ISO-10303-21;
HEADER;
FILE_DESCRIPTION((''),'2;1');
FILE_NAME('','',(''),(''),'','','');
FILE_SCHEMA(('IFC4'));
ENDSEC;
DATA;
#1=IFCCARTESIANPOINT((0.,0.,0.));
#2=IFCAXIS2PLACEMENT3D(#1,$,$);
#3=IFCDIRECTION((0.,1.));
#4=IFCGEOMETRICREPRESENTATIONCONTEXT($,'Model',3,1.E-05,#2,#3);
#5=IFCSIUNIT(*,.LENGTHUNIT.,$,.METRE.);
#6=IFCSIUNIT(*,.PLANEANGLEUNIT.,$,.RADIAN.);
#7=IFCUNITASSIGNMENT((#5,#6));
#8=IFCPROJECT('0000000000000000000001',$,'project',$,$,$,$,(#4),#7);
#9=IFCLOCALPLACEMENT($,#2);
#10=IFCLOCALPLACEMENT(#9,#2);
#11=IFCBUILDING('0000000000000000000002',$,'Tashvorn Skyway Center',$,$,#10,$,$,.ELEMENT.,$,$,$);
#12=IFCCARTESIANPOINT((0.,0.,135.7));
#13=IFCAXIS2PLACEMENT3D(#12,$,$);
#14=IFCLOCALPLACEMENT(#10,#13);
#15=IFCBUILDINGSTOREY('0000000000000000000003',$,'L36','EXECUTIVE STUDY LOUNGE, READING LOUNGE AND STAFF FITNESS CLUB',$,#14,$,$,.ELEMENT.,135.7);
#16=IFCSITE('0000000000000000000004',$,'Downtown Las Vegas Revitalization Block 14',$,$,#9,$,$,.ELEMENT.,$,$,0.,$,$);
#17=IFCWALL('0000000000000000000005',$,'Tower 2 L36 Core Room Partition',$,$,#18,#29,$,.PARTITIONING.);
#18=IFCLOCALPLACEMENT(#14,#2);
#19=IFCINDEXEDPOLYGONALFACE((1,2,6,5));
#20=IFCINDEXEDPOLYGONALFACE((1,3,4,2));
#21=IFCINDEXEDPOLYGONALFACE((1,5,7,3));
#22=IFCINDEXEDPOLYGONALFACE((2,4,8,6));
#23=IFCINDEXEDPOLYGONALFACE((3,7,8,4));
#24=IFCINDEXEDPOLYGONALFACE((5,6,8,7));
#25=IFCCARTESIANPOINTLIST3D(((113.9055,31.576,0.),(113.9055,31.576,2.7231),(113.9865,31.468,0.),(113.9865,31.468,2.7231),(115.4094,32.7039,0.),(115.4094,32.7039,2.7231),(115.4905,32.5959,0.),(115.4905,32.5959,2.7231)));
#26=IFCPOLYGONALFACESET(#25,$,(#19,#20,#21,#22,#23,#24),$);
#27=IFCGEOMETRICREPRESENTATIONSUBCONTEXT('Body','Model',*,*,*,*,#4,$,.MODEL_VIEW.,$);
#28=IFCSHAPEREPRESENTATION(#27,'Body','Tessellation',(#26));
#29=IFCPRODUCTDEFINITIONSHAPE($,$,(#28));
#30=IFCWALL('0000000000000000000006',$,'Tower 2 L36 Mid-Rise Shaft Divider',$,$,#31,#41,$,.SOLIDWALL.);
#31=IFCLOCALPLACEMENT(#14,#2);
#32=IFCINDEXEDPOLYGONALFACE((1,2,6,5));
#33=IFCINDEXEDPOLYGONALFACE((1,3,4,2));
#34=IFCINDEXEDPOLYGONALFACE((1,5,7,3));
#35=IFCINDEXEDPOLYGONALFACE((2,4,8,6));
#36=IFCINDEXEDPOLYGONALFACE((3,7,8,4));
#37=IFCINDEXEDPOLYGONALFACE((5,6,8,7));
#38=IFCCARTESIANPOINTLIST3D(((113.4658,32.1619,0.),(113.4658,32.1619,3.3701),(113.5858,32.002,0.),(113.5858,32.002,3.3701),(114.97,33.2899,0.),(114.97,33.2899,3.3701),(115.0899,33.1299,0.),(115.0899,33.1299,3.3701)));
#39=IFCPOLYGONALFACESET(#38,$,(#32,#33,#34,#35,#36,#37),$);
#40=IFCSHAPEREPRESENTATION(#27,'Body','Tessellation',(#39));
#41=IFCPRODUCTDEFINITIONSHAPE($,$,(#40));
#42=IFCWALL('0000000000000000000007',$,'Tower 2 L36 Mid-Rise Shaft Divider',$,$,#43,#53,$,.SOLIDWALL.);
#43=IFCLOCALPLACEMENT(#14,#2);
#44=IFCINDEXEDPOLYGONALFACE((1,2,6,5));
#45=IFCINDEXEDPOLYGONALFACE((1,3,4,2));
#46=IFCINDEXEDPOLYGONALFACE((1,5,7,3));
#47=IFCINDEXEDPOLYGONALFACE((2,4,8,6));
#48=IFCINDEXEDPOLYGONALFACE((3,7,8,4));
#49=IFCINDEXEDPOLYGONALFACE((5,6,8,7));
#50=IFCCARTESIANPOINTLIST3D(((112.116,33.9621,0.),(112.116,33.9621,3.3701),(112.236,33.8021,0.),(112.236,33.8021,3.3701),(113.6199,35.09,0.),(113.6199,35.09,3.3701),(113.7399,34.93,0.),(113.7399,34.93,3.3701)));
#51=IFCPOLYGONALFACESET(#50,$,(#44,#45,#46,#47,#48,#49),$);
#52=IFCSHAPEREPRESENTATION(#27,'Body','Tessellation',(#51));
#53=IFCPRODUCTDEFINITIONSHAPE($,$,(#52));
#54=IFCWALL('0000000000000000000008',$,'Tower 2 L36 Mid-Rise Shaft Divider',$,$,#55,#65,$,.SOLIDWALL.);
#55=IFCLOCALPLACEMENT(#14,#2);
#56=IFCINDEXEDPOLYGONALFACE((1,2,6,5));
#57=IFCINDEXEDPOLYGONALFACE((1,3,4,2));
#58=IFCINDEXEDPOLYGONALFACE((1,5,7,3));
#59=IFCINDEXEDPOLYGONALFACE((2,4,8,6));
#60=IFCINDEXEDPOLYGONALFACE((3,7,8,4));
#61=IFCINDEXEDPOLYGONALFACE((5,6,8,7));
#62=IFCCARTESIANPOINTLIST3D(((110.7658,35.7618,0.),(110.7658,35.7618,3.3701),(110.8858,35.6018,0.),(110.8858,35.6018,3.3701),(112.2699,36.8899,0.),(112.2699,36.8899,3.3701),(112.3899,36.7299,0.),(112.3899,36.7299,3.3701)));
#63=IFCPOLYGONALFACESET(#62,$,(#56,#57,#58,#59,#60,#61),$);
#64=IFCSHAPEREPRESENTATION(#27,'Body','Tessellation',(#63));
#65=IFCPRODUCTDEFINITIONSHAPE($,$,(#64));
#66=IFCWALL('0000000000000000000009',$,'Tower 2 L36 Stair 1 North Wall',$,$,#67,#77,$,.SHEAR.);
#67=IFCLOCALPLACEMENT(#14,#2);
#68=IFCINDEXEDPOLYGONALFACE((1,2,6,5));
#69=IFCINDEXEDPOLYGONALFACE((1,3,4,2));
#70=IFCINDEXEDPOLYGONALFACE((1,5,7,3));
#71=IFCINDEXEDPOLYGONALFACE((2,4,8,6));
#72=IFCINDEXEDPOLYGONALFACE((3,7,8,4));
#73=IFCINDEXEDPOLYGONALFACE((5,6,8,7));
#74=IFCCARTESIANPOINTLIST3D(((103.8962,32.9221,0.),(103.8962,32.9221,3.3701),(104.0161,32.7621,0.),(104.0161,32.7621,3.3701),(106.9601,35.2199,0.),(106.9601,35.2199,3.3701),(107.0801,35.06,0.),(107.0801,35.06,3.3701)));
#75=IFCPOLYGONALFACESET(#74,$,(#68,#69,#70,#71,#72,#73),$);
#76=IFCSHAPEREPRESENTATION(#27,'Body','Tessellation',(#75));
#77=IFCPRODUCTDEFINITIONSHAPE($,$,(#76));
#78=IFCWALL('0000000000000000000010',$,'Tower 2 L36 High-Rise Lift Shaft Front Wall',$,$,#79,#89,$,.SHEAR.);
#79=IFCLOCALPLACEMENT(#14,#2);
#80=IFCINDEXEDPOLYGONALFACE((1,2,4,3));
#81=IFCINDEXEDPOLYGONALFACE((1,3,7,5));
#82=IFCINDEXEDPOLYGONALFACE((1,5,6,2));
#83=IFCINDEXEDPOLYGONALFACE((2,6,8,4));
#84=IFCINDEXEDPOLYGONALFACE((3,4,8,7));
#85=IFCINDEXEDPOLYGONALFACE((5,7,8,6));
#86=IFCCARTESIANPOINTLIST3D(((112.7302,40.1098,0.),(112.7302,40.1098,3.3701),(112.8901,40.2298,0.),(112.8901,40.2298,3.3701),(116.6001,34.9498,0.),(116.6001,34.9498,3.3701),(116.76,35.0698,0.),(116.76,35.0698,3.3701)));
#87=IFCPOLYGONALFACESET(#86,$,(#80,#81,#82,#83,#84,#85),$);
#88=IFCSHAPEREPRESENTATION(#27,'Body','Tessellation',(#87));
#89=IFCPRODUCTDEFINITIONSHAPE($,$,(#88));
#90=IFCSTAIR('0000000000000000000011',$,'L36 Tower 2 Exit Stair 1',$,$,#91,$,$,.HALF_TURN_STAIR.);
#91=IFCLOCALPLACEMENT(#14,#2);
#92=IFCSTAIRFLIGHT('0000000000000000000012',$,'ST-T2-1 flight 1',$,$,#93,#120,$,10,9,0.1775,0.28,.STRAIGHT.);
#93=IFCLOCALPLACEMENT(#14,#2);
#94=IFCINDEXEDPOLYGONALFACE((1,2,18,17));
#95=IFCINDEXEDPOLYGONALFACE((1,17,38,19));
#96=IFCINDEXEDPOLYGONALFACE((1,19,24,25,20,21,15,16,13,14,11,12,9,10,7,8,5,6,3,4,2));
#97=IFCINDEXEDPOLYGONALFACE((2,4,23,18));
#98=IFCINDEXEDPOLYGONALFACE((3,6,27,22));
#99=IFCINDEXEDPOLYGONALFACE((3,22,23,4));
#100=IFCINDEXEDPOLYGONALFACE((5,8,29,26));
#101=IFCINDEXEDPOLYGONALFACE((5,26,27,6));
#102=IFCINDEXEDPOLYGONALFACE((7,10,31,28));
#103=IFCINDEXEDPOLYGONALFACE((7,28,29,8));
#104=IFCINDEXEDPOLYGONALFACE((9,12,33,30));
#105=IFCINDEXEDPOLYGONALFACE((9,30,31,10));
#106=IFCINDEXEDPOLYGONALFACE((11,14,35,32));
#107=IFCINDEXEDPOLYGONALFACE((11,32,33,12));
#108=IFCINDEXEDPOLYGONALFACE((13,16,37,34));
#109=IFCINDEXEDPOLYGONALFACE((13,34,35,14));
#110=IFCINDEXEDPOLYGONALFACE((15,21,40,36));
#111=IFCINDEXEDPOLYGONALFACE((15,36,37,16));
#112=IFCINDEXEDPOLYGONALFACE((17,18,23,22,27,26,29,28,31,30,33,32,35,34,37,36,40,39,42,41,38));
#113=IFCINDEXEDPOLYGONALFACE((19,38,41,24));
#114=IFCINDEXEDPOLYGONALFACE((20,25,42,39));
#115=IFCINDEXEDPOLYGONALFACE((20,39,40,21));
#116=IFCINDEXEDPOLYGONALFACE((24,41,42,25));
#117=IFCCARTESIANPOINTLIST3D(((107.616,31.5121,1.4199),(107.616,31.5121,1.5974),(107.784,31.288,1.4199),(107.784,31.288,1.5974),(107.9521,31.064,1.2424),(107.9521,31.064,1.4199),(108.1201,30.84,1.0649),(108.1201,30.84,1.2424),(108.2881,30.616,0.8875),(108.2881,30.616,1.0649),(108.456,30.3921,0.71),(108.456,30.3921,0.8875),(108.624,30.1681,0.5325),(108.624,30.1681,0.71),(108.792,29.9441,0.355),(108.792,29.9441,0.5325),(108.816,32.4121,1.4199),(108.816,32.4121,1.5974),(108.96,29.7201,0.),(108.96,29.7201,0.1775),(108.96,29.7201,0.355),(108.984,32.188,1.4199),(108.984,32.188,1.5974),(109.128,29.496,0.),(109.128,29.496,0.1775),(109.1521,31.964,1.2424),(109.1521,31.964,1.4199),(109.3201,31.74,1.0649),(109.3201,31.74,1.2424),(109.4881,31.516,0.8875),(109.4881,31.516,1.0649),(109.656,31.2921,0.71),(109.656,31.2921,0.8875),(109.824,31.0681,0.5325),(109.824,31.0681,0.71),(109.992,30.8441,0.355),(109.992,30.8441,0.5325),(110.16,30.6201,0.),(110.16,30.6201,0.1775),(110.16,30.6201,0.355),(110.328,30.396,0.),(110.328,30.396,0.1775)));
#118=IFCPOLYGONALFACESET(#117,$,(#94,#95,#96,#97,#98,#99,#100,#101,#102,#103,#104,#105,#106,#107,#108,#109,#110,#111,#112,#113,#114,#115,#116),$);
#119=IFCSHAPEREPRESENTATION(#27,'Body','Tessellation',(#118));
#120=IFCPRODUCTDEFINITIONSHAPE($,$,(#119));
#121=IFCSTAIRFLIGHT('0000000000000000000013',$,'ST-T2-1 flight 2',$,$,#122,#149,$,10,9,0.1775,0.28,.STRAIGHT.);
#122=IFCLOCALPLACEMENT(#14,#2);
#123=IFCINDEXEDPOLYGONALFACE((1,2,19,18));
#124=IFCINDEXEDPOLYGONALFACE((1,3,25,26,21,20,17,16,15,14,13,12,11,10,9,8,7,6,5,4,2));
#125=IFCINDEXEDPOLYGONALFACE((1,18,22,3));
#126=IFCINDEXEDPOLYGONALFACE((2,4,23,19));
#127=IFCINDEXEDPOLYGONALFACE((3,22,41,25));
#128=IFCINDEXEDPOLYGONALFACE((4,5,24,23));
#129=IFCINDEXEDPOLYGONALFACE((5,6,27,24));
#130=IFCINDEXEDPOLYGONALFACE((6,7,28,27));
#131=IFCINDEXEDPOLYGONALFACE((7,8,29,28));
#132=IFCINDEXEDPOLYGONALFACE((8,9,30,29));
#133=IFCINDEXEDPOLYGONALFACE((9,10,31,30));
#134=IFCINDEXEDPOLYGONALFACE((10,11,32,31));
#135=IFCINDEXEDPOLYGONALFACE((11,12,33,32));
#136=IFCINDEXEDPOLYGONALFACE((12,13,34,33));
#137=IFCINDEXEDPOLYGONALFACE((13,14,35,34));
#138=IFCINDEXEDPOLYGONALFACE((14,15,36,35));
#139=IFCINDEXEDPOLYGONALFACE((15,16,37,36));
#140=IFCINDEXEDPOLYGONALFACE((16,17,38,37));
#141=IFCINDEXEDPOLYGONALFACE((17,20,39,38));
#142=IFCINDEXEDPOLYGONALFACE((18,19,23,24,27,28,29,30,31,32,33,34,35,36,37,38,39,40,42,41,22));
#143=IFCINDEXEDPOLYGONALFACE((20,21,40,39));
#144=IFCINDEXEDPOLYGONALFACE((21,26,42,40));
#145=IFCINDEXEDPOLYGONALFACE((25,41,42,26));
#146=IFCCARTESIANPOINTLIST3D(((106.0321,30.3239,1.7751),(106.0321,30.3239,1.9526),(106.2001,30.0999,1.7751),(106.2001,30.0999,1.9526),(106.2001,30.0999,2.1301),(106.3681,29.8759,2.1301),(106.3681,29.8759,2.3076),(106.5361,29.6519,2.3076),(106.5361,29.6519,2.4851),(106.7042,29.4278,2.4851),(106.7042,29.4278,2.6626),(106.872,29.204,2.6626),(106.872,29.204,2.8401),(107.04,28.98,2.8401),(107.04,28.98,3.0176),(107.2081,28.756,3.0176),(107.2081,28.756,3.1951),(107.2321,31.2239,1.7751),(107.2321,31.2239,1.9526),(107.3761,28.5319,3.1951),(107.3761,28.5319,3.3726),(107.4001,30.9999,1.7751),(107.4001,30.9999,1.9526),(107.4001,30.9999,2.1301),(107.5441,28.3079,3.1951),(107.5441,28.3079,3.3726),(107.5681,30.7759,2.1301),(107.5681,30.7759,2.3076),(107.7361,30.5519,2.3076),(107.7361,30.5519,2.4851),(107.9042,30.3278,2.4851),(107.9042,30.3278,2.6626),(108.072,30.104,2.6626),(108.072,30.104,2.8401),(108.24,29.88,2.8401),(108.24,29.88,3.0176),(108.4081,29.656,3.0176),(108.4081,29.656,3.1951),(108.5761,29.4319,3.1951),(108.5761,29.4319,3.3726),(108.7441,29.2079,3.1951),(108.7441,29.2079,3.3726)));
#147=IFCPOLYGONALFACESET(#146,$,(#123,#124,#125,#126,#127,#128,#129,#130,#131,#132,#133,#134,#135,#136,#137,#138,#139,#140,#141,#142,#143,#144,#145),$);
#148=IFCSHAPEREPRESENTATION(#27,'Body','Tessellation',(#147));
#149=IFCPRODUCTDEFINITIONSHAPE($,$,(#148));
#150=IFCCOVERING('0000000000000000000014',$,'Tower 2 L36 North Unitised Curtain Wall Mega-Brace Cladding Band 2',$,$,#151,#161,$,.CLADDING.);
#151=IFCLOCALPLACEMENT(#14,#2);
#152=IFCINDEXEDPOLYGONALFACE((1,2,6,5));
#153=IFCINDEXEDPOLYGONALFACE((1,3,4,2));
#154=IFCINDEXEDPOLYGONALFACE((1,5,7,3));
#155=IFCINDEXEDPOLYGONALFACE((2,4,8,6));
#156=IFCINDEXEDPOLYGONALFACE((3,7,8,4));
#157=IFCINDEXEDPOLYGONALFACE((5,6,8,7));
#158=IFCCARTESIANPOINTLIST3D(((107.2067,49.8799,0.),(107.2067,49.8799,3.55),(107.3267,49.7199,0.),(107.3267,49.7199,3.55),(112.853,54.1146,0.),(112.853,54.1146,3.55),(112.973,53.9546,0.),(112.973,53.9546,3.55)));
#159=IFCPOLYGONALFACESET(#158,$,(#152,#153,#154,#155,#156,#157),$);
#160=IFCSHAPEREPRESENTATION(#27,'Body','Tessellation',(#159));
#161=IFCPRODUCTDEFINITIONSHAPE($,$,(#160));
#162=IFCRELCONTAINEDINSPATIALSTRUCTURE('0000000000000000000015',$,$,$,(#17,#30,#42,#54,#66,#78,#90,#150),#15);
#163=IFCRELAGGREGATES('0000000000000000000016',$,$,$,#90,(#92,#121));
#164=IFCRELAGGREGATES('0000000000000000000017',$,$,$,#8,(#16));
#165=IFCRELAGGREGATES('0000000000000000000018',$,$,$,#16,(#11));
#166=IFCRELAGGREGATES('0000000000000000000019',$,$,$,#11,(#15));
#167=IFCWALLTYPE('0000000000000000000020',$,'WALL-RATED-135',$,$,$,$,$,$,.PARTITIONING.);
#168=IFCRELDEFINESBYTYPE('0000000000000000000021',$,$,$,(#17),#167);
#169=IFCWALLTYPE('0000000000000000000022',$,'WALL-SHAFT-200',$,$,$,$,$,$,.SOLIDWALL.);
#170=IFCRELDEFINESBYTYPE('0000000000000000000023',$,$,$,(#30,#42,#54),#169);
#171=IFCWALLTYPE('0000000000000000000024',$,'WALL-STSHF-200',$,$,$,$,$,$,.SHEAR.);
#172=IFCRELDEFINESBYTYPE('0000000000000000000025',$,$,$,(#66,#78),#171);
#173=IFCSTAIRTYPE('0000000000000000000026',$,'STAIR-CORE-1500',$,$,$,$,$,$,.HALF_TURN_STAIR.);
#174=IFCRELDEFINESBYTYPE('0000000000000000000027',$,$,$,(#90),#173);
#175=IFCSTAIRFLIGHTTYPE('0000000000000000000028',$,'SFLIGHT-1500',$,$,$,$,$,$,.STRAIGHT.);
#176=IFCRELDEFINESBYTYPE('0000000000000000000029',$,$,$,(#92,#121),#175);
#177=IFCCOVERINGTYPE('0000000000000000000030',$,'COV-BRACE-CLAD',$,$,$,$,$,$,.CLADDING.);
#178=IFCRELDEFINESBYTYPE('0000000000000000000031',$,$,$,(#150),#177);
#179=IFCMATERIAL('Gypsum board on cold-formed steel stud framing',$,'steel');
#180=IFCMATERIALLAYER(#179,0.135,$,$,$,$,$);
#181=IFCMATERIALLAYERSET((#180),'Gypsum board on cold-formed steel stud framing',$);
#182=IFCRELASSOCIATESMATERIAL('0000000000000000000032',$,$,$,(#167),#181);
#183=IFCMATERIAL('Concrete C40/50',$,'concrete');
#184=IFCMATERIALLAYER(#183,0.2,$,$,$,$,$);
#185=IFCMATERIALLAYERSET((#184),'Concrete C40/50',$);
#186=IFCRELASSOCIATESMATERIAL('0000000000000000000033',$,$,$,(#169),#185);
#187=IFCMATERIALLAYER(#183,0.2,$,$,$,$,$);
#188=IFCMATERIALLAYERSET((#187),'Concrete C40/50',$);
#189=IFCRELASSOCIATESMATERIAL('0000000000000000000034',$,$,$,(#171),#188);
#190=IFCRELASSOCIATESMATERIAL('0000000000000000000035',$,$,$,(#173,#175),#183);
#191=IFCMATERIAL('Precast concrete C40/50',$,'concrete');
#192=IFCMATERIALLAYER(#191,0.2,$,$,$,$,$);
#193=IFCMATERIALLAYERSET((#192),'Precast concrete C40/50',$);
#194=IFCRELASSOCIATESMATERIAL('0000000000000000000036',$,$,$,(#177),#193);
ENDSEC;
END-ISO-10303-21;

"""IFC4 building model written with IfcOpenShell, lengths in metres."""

from ifc_helpers import new_model, si_unit, direction, frame, frame_2d, origin, origin_2d, place, context, subcontext, project, spatial, polyline, rectangle, outline, extrude, material, layer, layer_set, type_object, element, aggregate, save


model = new_model("IFC4")

# Units and contexts
model_context = context("Model", 3, precision=1e-05, world=origin(), true_north=direction((0.0, 1.0)))
body_context = subcontext(model_context, "Body", "Model", "MODEL_VIEW")
ifc_project = project(units=[si_unit("LENGTHUNIT", "METRE"), si_unit("PLANEANGLEUNIT", "RADIAN")], contexts=[model_context])

# Site, building, storey
site_placement = place(None, origin())
site = spatial("IfcSite", under=ifc_project, at=site_placement, Name="Downtown Las Vegas Revitalization Block 14", CompositionType="ELEMENT", RefElevation=0.0)
building_placement = place(site_placement, origin())
building = spatial("IfcBuilding", under=site, at=building_placement, Name="Tashvorn Skyway Center", CompositionType="ELEMENT")
storey_placement = place(building_placement, frame((0.0, 0.0, 135.7)))
storey = spatial("IfcBuildingStorey", under=building, at=storey_placement, Name="L36", Description="EXECUTIVE STUDY LOUNGE, READING LOUNGE AND STAFF FITNESS CLUB", CompositionType="ELEMENT", Elevation=135.7)

# Shared definitions
ifc_material_1 = material(Name="Concrete C40/50", Category="concrete")
ifc_material_2 = material(Name="Gypsum board on cold-formed steel stud framing", Category="steel")

# Shared definitions
ifc_layer_1 = layer(ifc_material_2, 0.135)
ifc_layer_set_1 = layer_set([ifc_layer_1], Name="Gypsum board on cold-formed steel stud framing")
wall_type_1 = type_object("IfcWallType", Name="WALL-RATED-135", PredefinedType="PARTITIONING", material=ifc_layer_set_1)

# Walls
wall_1_placement = place(storey_placement, frame((113.946, 31.522, 0.0), z_axis=(0.0, 0.0, 1.0), x_axis=(0.8, 0.6, 0.0)))
element("IfcWall", 1, at=wall_1_placement, inside=storey, type_object=wall_type_1, Name="Tower 2 L36 Core Room Partition", PredefinedType="PARTITIONING", context=body_context, shape_type="SweptSolid", body=[
    extrude(rectangle(XDim=1.8799, YDim=0.135, at=frame_2d((0.9399, 0.0))), origin(), (0.0, 0.0, 1.0), 2.7231),
])
ifc_layer_2 = layer(ifc_material_1, 0.2)
ifc_layer_set_2 = layer_set([ifc_layer_2], Name="Concrete C40/50")
wall_type_2 = type_object("IfcWallType", Name="WALL-SHAFT-200", PredefinedType="SOLIDWALL", material=ifc_layer_set_2)
wall_2_placement = place(storey_placement, frame((113.5259, 32.082, 0.0), z_axis=(0.0, 0.0, 1.0), x_axis=(0.800047, 0.599938, 0.0)))
element("IfcWall", 2, at=wall_2_placement, inside=storey, type_object=wall_type_2, Name="Tower 2 L36 Mid-Rise Shaft Divider", PredefinedType="SOLIDWALL", context=body_context, shape_type="SweptSolid", body=[
    extrude(rectangle(XDim=1.8801, YDim=0.2, at=frame_2d((0.9399, 0.0))), origin(), (0.0, 0.0, 1.0), 3.3701),
])
wall_3_placement = place(storey_placement, frame((112.176, 33.8821, 0.0), z_axis=(0.0, 0.0, 1.0), x_axis=(0.8, 0.6, 0.0)))
element("IfcWall", 3, at=wall_3_placement, inside=storey, type_object=wall_type_2, Name="Tower 2 L36 Mid-Rise Shaft Divider", PredefinedType="SOLIDWALL", context=body_context, shape_type="SweptSolid", body=[
    extrude(rectangle(XDim=1.8799, YDim=0.2, at=frame_2d((0.9399, 0.0))), origin(), (0.0, 0.0, 1.0), 3.3701),
])
wall_4_placement = place(storey_placement, frame((110.8259, 35.6819, 0.0), z_axis=(0.0, 0.0, 1.0), x_axis=(0.799984, 0.600021, 0.0)))
element("IfcWall", 4, at=wall_4_placement, inside=storey, type_object=wall_type_2, Name="Tower 2 L36 Mid-Rise Shaft Divider", PredefinedType="SOLIDWALL", context=body_context, shape_type="SweptSolid", body=[
    extrude(rectangle(XDim=1.8801, YDim=0.2, at=frame_2d((0.9399, 0.0))), origin(), (0.0, 0.0, 1.0), 3.3701),
])
ifc_layer_3 = layer(ifc_material_1, 0.2)
ifc_layer_set_3 = layer_set([ifc_layer_3], Name="Concrete C40/50")
wall_type_3 = type_object("IfcWallType", Name="WALL-STSHF-200", PredefinedType="SHEAR", material=ifc_layer_set_3)
wall_5_placement = place(storey_placement, frame((103.9561, 32.842, 0.0), z_axis=(0.0, 0.0, 1.0), x_axis=(0.800015, 0.59998, 0.0)))
element("IfcWall", 5, at=wall_5_placement, inside=storey, type_object=wall_type_3, Name="Tower 2 L36 Stair 1 North Wall", PredefinedType="SHEAR", context=body_context, shape_type="SweptSolid", body=[
    extrude(rectangle(XDim=3.8298, YDim=0.2, at=frame_2d((1.915, 0.0))), origin(), (0.0, 0.0, 1.0), 3.3701),
])
wall_6_placement = place(storey_placement, frame((112.8101, 40.1699, 0.0), z_axis=(0.0, 0.0, 1.0), x_axis=(0.599994, -0.800005, 0.0)))
element("IfcWall", 6, at=wall_6_placement, inside=storey, type_object=wall_type_3, Name="Tower 2 L36 High-Rise Lift Shaft Front Wall", PredefinedType="SHEAR", context=body_context, shape_type="SweptSolid", body=[
    extrude(rectangle(XDim=6.45, YDim=0.2, at=frame_2d((3.2251, 0.0))), origin(), (0.0, 0.0, 1.0), 3.3701),
])

# Stair, stair flights
stair_type = type_object("IfcStairType", Name="STAIR-CORE-1500", PredefinedType="HALF_TURN_STAIR", material=ifc_material_1)
stair_placement = place(storey_placement, origin())
stair = element("IfcStair", 7, at=stair_placement, inside=storey, type_object=stair_type, Name="L36 Tower 2 Exit Stair 1", PredefinedType="HALF_TURN_STAIR")
stair_flight_type = type_object("IfcStairFlightType", Name="SFLIGHT-1500", PredefinedType="STRAIGHT", material=ifc_material_1)
stair_flight_1_placement = place(storey_placement, frame((109.728, 29.946, 0.0), z_axis=(0.0, 0.0, 1.0), x_axis=(-0.6, 0.8, 0.0)))
stair_flight_1 = element("IfcStairFlight", 8, at=stair_flight_1_placement, type_object=stair_flight_type, Name="ST-T2-1 flight 1", NumberOfRisers=10, NumberOfTreads=9, PredefinedType="STRAIGHT", RiserHeight=0.1775, TreadLength=0.28, context=body_context, shape_type="SweptSolid", body=[
    extrude(outline(polyline([(0.0, 0.0), (0.0, 0.1775), (0.28, 0.1775), (0.28, 0.355), (0.5601, 0.355), (0.5601, 0.5325), (0.8401, 0.5325), (0.8401, 0.71), (1.1201, 0.71), (1.1201, 0.8875), (1.3999, 0.8875), (1.3999, 1.0649), (1.6799, 1.0649), (1.6799, 1.2424), (1.96, 1.2424), (1.96, 1.4199), (2.24, 1.4199), (2.24, 1.5974), (2.52, 1.5974), (2.52, 1.7749), (2.52, 1.4199), (0.28, 0.0), (0.0, 0.0)])), frame((0.0, 0.75, 0.0), z_axis=(0.0, -1.0, 0.0), x_axis=(1.0, 0.0, 0.0)), (0.0, 0.0, 1.0), 1.5),
])
stair_flight_2_placement = place(storey_placement, frame((106.6321, 30.7739, 1.7751), z_axis=(0.0, 0.0, 1.0), x_axis=(0.6, -0.8, 0.0)))
stair_flight_2 = element("IfcStairFlight", 9, at=stair_flight_2_placement, type_object=stair_flight_type, Name="ST-T2-1 flight 2", NumberOfRisers=10, NumberOfTreads=9, PredefinedType="STRAIGHT", RiserHeight=0.1775, TreadLength=0.28, context=body_context, shape_type="SweptSolid", body=[
    extrude(outline(polyline([(0.0, 0.0), (0.0, 0.1775), (0.28, 0.1775), (0.28, 0.355), (0.5601, 0.355), (0.5601, 0.5325), (0.8401, 0.5325), (0.8401, 0.71), (1.1201, 0.71), (1.1201, 0.8875), (1.3999, 0.8875), (1.3999, 1.0649), (1.6799, 1.0649), (1.6799, 1.2424), (1.96, 1.2424), (1.96, 1.4199), (2.24, 1.4199), (2.24, 1.5974), (2.52, 1.5974), (2.52, 1.7749), (2.52, 1.4199), (0.28, 0.0), (0.0, 0.0)])), frame((0.0, 0.75, 0.0), z_axis=(0.0, -1.0, 0.0), x_axis=(1.0, 0.0, 0.0)), (0.0, 0.0, 1.0), 1.5),
])
aggregate(stair, [stair_flight_1, stair_flight_2])

# Covering
ifc_material_3 = material(Name="Precast concrete C40/50", Category="concrete")
ifc_layer_4 = layer(ifc_material_3, 0.2)
ifc_layer_set_4 = layer_set([ifc_layer_4], Name="Precast concrete C40/50")
covering_type = type_object("IfcCoveringType", Name="COV-BRACE-CLAD", PredefinedType="CLADDING", material=ifc_layer_set_4)
covering_placement = place(storey_placement, frame((110.0898, 51.9172, 0.0), z_axis=(0.0, 0.0, 1.0), x_axis=(0.8, 0.6, 0.0)))
element("IfcCovering", 10, at=covering_placement, inside=storey, type_object=covering_type, Name="Tower 2 L36 North Unitised Curtain Wall Mega-Brace Cladding Band 2", PredefinedType="CLADDING", context=body_context, shape_type="SweptSolid", body=[
    extrude(rectangle(XDim=7.0579, YDim=0.2, at=origin_2d()), origin(), (0.0, 0.0, 1.0), 3.55),
])

save(model, "model.ifc")
